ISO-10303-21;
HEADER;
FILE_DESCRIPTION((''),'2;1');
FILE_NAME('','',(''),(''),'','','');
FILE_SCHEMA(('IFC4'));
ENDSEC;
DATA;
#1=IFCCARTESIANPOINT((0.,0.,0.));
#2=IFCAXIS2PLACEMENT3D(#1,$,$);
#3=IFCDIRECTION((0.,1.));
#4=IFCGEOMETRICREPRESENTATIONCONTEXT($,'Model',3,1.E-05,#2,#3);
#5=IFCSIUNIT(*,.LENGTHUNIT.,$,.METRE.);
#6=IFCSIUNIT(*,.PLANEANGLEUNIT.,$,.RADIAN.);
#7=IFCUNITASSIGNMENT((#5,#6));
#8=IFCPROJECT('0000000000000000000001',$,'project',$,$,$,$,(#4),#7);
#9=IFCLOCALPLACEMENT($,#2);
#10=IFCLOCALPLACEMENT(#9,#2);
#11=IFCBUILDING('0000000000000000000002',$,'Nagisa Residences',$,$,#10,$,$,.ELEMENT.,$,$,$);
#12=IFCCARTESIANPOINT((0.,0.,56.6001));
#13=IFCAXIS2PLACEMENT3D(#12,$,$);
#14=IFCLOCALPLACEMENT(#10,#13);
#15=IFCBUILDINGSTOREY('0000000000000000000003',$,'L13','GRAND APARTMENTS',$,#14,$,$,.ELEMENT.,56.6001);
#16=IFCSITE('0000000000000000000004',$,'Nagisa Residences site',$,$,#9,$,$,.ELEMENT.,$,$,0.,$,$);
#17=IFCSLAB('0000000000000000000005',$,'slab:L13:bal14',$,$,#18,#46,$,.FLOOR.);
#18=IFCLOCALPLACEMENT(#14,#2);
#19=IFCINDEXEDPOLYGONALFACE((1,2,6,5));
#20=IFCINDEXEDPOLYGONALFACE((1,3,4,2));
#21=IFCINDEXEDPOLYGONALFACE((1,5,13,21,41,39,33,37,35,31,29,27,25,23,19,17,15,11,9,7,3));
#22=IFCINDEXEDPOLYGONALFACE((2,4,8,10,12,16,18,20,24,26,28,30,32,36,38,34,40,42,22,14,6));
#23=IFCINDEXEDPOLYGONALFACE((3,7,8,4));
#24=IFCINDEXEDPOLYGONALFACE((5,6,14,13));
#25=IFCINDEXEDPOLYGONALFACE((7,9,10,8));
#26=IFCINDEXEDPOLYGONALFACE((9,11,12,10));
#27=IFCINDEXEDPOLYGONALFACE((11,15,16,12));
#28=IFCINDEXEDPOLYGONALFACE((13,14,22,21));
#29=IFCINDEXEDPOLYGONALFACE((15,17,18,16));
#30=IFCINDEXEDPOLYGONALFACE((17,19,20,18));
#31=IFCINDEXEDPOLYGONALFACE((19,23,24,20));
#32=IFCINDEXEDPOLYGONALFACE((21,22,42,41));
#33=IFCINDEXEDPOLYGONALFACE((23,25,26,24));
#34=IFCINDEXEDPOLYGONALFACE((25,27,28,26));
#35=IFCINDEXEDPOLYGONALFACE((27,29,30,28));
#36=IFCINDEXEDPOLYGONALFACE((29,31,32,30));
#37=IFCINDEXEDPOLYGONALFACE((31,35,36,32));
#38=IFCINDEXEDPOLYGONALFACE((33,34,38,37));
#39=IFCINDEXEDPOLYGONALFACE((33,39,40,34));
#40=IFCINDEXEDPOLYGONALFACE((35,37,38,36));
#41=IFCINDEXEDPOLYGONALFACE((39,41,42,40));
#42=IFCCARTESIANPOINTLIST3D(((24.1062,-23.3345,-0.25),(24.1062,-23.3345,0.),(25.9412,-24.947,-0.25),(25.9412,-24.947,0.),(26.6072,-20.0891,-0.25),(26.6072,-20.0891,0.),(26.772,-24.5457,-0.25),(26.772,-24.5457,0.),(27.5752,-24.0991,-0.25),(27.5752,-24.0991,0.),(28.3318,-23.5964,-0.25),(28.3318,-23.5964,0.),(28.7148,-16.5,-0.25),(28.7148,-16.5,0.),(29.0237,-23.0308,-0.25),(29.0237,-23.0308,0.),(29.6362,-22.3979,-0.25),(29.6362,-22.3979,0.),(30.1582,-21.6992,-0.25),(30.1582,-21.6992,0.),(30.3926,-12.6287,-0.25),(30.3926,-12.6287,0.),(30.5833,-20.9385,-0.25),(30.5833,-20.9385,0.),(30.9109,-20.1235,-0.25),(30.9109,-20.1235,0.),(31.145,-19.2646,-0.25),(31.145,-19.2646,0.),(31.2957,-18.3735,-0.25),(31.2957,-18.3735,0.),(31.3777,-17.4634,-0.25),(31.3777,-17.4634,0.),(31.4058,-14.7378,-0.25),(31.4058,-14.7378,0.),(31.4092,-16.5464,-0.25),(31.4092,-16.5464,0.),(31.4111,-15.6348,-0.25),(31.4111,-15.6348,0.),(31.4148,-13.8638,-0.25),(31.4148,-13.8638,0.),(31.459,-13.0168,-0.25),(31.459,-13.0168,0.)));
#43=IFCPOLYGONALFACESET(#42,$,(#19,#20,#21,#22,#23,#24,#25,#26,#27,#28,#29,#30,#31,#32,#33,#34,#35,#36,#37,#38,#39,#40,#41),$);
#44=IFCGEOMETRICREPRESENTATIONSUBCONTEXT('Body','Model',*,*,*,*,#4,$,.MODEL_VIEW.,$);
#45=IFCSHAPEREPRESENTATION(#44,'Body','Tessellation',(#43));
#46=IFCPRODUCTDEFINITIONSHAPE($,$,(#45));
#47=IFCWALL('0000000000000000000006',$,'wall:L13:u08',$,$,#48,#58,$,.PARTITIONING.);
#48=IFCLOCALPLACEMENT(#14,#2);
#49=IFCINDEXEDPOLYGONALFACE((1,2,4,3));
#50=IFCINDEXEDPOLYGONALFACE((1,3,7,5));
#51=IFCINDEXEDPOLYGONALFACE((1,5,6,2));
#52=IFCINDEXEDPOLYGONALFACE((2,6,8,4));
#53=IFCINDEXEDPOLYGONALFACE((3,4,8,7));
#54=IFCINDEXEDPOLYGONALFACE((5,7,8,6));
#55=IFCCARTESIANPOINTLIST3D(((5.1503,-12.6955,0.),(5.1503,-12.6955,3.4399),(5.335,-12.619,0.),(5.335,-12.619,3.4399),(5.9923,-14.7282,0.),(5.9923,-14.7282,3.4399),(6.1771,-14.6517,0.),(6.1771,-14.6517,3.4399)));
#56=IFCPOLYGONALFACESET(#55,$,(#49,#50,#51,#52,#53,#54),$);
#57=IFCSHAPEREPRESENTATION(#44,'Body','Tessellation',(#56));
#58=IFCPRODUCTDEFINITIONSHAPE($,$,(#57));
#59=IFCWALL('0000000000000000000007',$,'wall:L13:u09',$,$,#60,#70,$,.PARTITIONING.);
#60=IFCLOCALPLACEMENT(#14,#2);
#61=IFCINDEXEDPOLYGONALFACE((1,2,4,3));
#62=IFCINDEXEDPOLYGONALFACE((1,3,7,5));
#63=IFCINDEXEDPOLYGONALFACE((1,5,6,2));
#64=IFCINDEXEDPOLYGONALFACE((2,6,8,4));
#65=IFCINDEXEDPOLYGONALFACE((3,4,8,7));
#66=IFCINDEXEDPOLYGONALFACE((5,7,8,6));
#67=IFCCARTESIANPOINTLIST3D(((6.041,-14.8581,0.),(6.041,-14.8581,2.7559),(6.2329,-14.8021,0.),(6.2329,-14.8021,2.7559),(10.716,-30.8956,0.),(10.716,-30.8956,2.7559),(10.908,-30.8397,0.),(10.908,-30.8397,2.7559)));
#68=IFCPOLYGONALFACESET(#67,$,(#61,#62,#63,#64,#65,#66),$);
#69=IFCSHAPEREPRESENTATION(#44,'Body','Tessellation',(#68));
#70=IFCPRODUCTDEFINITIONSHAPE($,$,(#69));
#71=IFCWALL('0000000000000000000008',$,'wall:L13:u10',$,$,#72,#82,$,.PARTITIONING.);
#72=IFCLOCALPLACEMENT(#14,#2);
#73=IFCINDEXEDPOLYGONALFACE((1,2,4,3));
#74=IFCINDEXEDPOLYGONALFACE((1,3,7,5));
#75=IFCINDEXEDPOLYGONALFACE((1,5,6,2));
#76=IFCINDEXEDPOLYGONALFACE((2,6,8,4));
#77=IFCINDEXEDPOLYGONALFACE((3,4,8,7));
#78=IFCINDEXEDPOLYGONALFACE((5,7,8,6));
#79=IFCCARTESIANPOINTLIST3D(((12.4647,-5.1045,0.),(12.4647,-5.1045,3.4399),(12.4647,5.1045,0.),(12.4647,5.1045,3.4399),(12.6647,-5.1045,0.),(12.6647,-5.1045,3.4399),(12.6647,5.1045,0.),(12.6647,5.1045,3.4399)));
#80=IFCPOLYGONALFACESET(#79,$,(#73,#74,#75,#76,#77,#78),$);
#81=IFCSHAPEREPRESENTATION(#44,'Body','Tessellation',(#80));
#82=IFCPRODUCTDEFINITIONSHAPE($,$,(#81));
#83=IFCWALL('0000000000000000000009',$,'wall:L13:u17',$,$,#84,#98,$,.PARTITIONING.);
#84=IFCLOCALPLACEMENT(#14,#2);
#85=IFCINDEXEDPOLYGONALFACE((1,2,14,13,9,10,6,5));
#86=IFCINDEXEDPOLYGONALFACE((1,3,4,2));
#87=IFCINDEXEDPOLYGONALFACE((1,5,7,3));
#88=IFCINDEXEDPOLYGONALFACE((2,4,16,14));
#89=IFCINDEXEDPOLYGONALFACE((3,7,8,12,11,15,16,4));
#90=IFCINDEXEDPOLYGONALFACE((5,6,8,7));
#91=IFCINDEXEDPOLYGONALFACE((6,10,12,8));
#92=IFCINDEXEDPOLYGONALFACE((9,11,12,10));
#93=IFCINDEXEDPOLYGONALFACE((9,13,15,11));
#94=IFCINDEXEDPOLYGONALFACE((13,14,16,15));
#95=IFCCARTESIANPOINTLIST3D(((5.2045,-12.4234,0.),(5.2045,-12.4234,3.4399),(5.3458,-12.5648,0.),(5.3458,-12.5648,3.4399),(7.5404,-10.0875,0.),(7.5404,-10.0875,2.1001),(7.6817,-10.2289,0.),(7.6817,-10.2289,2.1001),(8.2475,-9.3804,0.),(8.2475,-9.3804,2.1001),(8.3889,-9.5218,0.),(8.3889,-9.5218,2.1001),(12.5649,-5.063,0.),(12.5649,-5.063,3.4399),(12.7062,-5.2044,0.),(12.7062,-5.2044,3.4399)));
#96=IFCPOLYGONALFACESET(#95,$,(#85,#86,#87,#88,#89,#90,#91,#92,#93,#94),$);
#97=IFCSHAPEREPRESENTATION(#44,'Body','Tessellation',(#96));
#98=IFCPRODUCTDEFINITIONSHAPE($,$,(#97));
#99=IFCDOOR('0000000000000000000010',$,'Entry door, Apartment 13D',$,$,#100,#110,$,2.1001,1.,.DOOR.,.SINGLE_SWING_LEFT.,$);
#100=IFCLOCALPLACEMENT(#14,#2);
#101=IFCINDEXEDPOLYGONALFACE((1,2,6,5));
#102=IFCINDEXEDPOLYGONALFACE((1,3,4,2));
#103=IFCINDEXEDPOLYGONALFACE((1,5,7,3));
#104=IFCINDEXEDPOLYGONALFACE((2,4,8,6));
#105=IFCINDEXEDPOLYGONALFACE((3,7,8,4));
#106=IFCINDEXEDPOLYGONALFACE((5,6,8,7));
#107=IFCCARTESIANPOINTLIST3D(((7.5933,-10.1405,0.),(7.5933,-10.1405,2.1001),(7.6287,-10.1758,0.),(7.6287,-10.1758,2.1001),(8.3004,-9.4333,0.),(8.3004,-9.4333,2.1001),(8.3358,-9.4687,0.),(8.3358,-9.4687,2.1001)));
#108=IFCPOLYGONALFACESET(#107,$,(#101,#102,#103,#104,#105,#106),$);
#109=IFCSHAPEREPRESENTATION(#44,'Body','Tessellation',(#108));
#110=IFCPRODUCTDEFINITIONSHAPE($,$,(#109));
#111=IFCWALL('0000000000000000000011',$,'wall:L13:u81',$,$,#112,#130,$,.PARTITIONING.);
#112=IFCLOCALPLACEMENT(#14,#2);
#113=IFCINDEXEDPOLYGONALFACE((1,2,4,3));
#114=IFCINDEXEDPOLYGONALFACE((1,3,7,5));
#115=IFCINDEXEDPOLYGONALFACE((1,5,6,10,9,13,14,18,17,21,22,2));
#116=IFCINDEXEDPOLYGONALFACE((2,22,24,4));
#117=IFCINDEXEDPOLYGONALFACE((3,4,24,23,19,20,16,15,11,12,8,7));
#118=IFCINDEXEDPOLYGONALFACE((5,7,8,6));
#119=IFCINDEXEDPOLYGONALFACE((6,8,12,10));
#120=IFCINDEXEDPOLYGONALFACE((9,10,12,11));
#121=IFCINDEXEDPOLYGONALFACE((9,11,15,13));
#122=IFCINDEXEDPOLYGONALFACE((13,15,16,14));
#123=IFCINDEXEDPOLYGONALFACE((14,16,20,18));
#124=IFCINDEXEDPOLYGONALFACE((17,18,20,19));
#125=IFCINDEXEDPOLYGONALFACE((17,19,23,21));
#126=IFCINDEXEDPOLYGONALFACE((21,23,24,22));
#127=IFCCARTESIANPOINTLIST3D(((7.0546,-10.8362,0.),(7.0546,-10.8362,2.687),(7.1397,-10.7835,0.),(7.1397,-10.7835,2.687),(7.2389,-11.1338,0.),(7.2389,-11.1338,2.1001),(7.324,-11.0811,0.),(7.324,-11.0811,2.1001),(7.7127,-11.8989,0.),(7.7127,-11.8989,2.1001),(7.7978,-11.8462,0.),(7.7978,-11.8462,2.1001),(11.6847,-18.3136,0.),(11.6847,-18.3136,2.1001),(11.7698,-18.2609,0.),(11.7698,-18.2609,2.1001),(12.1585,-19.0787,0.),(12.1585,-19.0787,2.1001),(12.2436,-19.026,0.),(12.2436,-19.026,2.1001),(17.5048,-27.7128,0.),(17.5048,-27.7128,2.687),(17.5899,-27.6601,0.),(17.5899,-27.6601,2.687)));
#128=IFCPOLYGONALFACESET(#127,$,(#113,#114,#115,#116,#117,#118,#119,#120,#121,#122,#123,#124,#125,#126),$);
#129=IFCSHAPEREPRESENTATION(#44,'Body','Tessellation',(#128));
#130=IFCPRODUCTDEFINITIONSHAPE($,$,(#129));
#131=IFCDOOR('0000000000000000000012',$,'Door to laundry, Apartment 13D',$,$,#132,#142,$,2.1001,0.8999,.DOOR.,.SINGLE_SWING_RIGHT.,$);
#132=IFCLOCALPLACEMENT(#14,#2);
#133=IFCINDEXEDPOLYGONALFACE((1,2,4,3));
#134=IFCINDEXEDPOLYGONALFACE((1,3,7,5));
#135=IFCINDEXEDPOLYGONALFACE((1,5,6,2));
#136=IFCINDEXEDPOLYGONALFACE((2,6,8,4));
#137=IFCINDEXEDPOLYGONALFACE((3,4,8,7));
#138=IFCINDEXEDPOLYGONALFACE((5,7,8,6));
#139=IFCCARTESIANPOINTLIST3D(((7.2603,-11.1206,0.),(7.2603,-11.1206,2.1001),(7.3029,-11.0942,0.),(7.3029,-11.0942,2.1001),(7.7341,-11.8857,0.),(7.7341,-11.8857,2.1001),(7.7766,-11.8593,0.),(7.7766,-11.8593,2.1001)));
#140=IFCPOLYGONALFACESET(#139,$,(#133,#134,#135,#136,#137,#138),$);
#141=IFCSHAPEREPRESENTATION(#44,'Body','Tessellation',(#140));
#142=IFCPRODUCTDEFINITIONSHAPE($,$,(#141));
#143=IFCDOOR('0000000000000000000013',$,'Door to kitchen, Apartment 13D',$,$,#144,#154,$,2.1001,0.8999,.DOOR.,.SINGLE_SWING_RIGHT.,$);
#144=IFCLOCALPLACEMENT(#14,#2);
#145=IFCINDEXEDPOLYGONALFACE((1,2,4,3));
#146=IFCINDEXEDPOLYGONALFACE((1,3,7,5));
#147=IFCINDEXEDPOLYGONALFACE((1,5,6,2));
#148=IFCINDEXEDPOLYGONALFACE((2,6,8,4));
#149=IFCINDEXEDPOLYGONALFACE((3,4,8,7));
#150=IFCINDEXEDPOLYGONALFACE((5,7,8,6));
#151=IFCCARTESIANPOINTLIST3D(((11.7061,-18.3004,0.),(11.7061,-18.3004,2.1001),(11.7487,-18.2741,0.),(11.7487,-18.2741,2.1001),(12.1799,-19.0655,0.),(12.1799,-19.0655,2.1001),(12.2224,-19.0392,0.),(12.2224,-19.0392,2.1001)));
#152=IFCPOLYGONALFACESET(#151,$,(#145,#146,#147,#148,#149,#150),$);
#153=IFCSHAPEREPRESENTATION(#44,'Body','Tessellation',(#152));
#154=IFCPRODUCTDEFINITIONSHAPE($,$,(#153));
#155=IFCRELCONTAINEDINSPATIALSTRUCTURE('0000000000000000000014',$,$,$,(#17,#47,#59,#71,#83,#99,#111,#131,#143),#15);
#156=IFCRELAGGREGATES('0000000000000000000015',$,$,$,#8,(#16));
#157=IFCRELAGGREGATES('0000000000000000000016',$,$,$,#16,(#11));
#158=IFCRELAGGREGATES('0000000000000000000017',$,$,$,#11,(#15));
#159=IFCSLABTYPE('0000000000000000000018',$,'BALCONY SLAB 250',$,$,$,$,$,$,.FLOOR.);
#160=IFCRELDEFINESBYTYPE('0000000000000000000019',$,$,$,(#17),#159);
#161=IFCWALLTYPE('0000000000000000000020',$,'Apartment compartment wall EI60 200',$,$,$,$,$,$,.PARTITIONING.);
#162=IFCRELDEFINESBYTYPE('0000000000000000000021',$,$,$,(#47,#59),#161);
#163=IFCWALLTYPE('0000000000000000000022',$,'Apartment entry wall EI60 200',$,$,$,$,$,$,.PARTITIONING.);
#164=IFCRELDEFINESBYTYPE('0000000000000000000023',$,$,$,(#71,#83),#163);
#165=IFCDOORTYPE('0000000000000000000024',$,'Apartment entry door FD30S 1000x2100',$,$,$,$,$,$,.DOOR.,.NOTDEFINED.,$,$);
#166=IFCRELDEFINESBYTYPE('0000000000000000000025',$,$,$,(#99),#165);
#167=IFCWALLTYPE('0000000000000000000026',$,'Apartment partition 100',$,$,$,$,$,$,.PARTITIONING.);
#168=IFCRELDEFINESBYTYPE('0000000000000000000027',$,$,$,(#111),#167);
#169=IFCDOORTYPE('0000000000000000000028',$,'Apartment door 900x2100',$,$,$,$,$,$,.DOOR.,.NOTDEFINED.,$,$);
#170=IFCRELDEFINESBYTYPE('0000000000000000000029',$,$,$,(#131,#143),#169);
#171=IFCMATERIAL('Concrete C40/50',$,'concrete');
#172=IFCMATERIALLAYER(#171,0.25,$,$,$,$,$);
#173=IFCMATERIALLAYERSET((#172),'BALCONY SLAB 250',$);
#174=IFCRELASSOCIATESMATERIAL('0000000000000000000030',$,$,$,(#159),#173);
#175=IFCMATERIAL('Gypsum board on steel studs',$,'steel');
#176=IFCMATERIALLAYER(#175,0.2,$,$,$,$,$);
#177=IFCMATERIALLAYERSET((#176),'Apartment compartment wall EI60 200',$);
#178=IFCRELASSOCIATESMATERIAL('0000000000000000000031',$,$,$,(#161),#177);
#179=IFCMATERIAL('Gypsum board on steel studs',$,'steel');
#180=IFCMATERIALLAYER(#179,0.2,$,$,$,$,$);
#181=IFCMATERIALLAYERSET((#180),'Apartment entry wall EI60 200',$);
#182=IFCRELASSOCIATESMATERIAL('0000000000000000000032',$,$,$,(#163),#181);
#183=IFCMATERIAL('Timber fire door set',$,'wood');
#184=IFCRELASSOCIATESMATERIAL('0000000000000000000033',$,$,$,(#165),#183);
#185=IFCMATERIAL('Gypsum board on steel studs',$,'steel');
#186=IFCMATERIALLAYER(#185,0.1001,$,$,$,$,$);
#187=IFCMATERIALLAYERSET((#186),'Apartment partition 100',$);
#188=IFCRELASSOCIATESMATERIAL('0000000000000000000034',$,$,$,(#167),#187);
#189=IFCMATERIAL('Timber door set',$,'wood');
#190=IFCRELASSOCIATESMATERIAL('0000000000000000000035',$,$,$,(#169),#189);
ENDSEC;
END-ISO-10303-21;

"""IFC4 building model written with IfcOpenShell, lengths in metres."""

from ifc_helpers import new_model, si_unit, direction, frame, frame_2d, origin, place, context, subcontext, project, spatial, polyline, rectangle, outline, extrude, material, layer, layer_set, type_object, element, fill, save


model = new_model("IFC4")

# Units and contexts
model_context = context("Model", 3, precision=1e-05, world=origin(), true_north=direction((0.0, 1.0)))
body_context = subcontext(model_context, "Body", "Model", "MODEL_VIEW")
ifc_project = project(units=[si_unit("LENGTHUNIT", "METRE"), si_unit("PLANEANGLEUNIT", "RADIAN")], contexts=[model_context])

# Site, building, storey
site_placement = place(None, origin())
site = spatial("IfcSite", under=ifc_project, at=site_placement, Name="Nagisa Residences site", CompositionType="ELEMENT", RefElevation=0.0)
building_placement = place(site_placement, origin())
building = spatial("IfcBuilding", under=site, at=building_placement, Name="Nagisa Residences", CompositionType="ELEMENT")
storey_placement = place(building_placement, frame((0.0, 0.0, 56.6001)))
storey = spatial("IfcBuildingStorey", under=building, at=storey_placement, Name="L13", Description="GRAND APARTMENTS", CompositionType="ELEMENT", Elevation=56.6001)

# Slab
ifc_material_1 = material(Name="Concrete C40/50", Category="concrete")
ifc_layer_1 = layer(ifc_material_1, 0.25)
ifc_layer_set_1 = layer_set([ifc_layer_1], Name="BALCONY SLAB 250")
slab_type = type_object("IfcSlabType", Name="BALCONY SLAB 250", PredefinedType="FLOOR", material=ifc_layer_set_1)
slab_1_placement = place(storey_placement, frame((0.0, 0.0, -0.25)))
element("IfcSlab", 1, at=slab_1_placement, inside=storey, type_object=slab_type, Name="slab:L13:bal14", PredefinedType="FLOOR", context=body_context, shape_type="SweptSolid", body=[
    extrude(outline(polyline([(25.9412, -24.947), (26.772, -24.5457), (27.5752, -24.0991), (28.3318, -23.5964), (29.0237, -23.0308), (29.6362, -22.3979), (30.1582, -21.6992), (30.5833, -20.9385), (30.9109, -20.1235), (31.145, -19.2646), (31.2957, -18.3735), (31.3777, -17.4634), (31.4092, -16.5464), (31.4111, -15.6348), (31.4058, -14.7378), (31.4148, -13.8638), (31.459, -13.0168), (30.3926, -12.6287), (28.7148, -16.5), (26.6072, -20.0891), (24.1062, -23.3345), (25.9412, -24.947)])), origin(), (0.0, 0.0, 1.0), 0.25),
])

# Walls
ifc_material_2 = material(Name="Gypsum board on steel studs", Category="steel")
ifc_layer_2 = layer(ifc_material_2, 0.2)
ifc_layer_set_2 = layer_set([ifc_layer_2], Name="Apartment compartment wall EI60 200")
wall_type_1 = type_object("IfcWallType", Name="Apartment compartment wall EI60 200", PredefinedType="PARTITIONING", material=ifc_layer_set_2)
wall_1_placement = place(storey_placement, frame((5.2427, -12.6572, 0.0), z_axis=(0.0, 0.0, 1.0), x_axis=(0.382708, -0.923869, 0.0)))
element("IfcWall", 2, at=wall_1_placement, inside=storey, type_object=wall_type_1, Name="wall:L13:u08", PredefinedType="PARTITIONING", context=body_context, shape_type="SweptSolid", body=[
    extrude(rectangle(XDim=2.2002, YDim=0.2, at=frame_2d((1.1001, 0.0))), origin(), (0.0, 0.0, 1.0), 3.4399),
])
wall_2_placement = place(storey_placement, frame((6.137, -14.8301, 0.0), z_axis=(0.0, 0.0, 1.0), x_axis=(0.279857, -0.960042, 0.0)))
element("IfcWall", 3, at=wall_2_placement, inside=storey, type_object=wall_type_1, Name="wall:L13:u09", PredefinedType="PARTITIONING", context=body_context, shape_type="SweptSolid", body=[
    extrude(rectangle(XDim=16.7051, YDim=0.2, at=frame_2d((8.3525, 0.0))), origin(), (0.0, 0.0, 1.0), 2.7559),
])
ifc_material_3 = material(Name="Gypsum board on steel studs", Category="steel")
ifc_layer_3 = layer(ifc_material_3, 0.2)
ifc_layer_set_3 = layer_set([ifc_layer_3], Name="Apartment entry wall EI60 200")
wall_type_2 = type_object("IfcWallType", Name="Apartment entry wall EI60 200", PredefinedType="PARTITIONING", material=ifc_layer_set_3)
wall_3_placement = place(storey_placement, frame((12.5647, -5.1045, 0.0), z_axis=(0.0, 0.0, 1.0), x_axis=(0.0, 1.0, 0.0)))
element("IfcWall", 4, at=wall_3_placement, inside=storey, type_object=wall_type_2, Name="wall:L13:u10", PredefinedType="PARTITIONING", context=body_context, shape_type="SweptSolid", body=[
    extrude(rectangle(XDim=10.209, YDim=0.2, at=frame_2d((5.1045, 0.0))), origin(), (0.0, 0.0, 1.0), 3.4399),
])

# Wall, opening, door
wall_4_placement = place(storey_placement, frame((5.2751, -12.4941, 0.0), z_axis=(0.0, 0.0, 1.0), x_axis=(0.707107, 0.707107, 0.0)))
wall_4 = element("IfcWall", 5, at=wall_4_placement, inside=storey, type_object=wall_type_2, Name="wall:L13:u17", PredefinedType="PARTITIONING", context=body_context, shape_type="SweptSolid", body=[
    extrude(rectangle(XDim=10.4092, YDim=0.2, at=frame_2d((5.2046, 0.0))), origin(), (0.0, 0.0, 1.0), 3.4399),
])
opening_1_placement = place(wall_4_placement, frame((3.3035, 0.0, 0.0)))
opening_1 = element("IfcOpeningElement", 6, at=opening_1_placement, cuts=wall_4, PredefinedType="OPENING", context=body_context, shape_type="SweptSolid", body=[
    extrude(rectangle(XDim=1.0, YDim=2.1001, at=frame_2d((0.5, 1.05))), frame((0.0, 0.1099, 0.0), z_axis=(0.0, -1.0, 0.0), x_axis=(1.0, 0.0, 0.0)), (0.0, 0.0, 1.0), 0.22),
])
ifc_material_4 = material(Name="Timber fire door set", Category="wood")
door_type_1 = type_object("IfcDoorType", Name="Apartment entry door FD30S 1000x2100", OperationType="NOTDEFINED", PredefinedType="DOOR", material=ifc_material_4)
door_1_placement = place(opening_1_placement, frame((1.0, 0.0, 0.0), x_axis=(-1.0, 0.0, 0.0)))
door_1 = element("IfcDoor", 7, at=door_1_placement, inside=storey, type_object=door_type_1, Name="Entry door, Apartment 13D", OperationType="SINGLE_SWING_LEFT", OverallHeight=2.1001, OverallWidth=1.0, PredefinedType="DOOR", context=body_context, shape_type="SweptSolid", body=[
    extrude(rectangle(XDim=1.0, YDim=2.1001, at=frame_2d((0.5, 1.05))), frame((0.0, 0.0249, 0.0), z_axis=(0.0, -1.0, 0.0), x_axis=(1.0, 0.0, 0.0)), (0.0, 0.0, 1.0), 0.05),
])
fill(opening_1, door_1)

# Wall, openings, doors
ifc_material_5 = material(Name="Gypsum board on steel studs", Category="steel")
ifc_layer_4 = layer(ifc_material_5, 0.1001)
ifc_layer_set_4 = layer_set([ifc_layer_4], Name="Apartment partition 100")
wall_type_3 = type_object("IfcWallType", Name="Apartment partition 100", PredefinedType="PARTITIONING", material=ifc_layer_set_4)
wall_5_placement = place(storey_placement, frame((7.0972, -10.8098, 0.0), z_axis=(0.0, 0.0, 1.0), x_axis=(0.526453, -0.850204, 0.0)))
wall_5 = element("IfcWall", 8, at=wall_5_placement, inside=storey, type_object=wall_type_3, Name="wall:L13:u81", PredefinedType="PARTITIONING", context=body_context, shape_type="SweptSolid", body=[
    extrude(rectangle(XDim=19.8501, YDim=0.1001, at=frame_2d((9.925, 0.0))), origin(), (0.0, 0.0, 1.0), 2.687),
])
opening_2_placement = place(wall_5_placement, frame((0.3501, 0.0, 0.0)))
opening_2 = element("IfcOpeningElement", 9, at=opening_2_placement, cuts=wall_5, PredefinedType="OPENING", context=body_context, shape_type="SweptSolid", body=[
    extrude(rectangle(XDim=0.8999, YDim=2.1001, at=frame_2d((0.45, 1.05))), frame((0.0, 0.0601, 0.0), z_axis=(0.0, -1.0, 0.0), x_axis=(1.0, 0.0, 0.0)), (0.0, 0.0, 1.0), 0.1201),
])
opening_3_placement = place(wall_5_placement, frame((8.7949, 0.0, 0.0)))
opening_3 = element("IfcOpeningElement", 10, at=opening_3_placement, cuts=wall_5, PredefinedType="OPENING", context=body_context, shape_type="SweptSolid", body=[
    extrude(rectangle(XDim=0.8999, YDim=2.1001, at=frame_2d((0.45, 1.05))), frame((0.0, 0.0601, 0.0), z_axis=(0.0, -1.0, 0.0), x_axis=(1.0, 0.0, 0.0)), (0.0, 0.0, 1.0), 0.1201),
])
ifc_material_6 = material(Name="Timber door set", Category="wood")
door_type_2 = type_object("IfcDoorType", Name="Apartment door 900x2100", OperationType="NOTDEFINED", PredefinedType="DOOR", material=ifc_material_6)
door_2_placement = place(opening_2_placement, frame((0.8999, 0.0, 0.0), x_axis=(-1.0, 0.0, 0.0)))
door_2 = element("IfcDoor", 11, at=door_2_placement, inside=storey, type_object=door_type_2, Name="Door to laundry, Apartment 13D", OperationType="SINGLE_SWING_RIGHT", OverallHeight=2.1001, OverallWidth=0.8999, PredefinedType="DOOR", context=body_context, shape_type="SweptSolid", body=[
    extrude(rectangle(XDim=0.8999, YDim=2.1001, at=frame_2d((0.45, 1.05))), frame((0.0, 0.0249, 0.0), z_axis=(0.0, -1.0, 0.0), x_axis=(1.0, 0.0, 0.0)), (0.0, 0.0, 1.0), 0.05),
])
fill(opening_2, door_2)
door_3_placement = place(opening_3_placement, frame((0.8999, 0.0, 0.0), x_axis=(-1.0, 0.0, 0.0)))
door_3 = element("IfcDoor", 12, at=door_3_placement, inside=storey, type_object=door_type_2, Name="Door to kitchen, Apartment 13D", OperationType="SINGLE_SWING_RIGHT", OverallHeight=2.1001, OverallWidth=0.8999, PredefinedType="DOOR", context=body_context, shape_type="SweptSolid", body=[
    extrude(rectangle(XDim=0.8999, YDim=2.1001, at=frame_2d((0.45, 1.05))), frame((0.0, 0.0249, 0.0), z_axis=(0.0, -1.0, 0.0), x_axis=(1.0, 0.0, 0.0)), (0.0, 0.0, 1.0), 0.05),
])
fill(opening_3, door_3)

save(model, "model.ifc")
